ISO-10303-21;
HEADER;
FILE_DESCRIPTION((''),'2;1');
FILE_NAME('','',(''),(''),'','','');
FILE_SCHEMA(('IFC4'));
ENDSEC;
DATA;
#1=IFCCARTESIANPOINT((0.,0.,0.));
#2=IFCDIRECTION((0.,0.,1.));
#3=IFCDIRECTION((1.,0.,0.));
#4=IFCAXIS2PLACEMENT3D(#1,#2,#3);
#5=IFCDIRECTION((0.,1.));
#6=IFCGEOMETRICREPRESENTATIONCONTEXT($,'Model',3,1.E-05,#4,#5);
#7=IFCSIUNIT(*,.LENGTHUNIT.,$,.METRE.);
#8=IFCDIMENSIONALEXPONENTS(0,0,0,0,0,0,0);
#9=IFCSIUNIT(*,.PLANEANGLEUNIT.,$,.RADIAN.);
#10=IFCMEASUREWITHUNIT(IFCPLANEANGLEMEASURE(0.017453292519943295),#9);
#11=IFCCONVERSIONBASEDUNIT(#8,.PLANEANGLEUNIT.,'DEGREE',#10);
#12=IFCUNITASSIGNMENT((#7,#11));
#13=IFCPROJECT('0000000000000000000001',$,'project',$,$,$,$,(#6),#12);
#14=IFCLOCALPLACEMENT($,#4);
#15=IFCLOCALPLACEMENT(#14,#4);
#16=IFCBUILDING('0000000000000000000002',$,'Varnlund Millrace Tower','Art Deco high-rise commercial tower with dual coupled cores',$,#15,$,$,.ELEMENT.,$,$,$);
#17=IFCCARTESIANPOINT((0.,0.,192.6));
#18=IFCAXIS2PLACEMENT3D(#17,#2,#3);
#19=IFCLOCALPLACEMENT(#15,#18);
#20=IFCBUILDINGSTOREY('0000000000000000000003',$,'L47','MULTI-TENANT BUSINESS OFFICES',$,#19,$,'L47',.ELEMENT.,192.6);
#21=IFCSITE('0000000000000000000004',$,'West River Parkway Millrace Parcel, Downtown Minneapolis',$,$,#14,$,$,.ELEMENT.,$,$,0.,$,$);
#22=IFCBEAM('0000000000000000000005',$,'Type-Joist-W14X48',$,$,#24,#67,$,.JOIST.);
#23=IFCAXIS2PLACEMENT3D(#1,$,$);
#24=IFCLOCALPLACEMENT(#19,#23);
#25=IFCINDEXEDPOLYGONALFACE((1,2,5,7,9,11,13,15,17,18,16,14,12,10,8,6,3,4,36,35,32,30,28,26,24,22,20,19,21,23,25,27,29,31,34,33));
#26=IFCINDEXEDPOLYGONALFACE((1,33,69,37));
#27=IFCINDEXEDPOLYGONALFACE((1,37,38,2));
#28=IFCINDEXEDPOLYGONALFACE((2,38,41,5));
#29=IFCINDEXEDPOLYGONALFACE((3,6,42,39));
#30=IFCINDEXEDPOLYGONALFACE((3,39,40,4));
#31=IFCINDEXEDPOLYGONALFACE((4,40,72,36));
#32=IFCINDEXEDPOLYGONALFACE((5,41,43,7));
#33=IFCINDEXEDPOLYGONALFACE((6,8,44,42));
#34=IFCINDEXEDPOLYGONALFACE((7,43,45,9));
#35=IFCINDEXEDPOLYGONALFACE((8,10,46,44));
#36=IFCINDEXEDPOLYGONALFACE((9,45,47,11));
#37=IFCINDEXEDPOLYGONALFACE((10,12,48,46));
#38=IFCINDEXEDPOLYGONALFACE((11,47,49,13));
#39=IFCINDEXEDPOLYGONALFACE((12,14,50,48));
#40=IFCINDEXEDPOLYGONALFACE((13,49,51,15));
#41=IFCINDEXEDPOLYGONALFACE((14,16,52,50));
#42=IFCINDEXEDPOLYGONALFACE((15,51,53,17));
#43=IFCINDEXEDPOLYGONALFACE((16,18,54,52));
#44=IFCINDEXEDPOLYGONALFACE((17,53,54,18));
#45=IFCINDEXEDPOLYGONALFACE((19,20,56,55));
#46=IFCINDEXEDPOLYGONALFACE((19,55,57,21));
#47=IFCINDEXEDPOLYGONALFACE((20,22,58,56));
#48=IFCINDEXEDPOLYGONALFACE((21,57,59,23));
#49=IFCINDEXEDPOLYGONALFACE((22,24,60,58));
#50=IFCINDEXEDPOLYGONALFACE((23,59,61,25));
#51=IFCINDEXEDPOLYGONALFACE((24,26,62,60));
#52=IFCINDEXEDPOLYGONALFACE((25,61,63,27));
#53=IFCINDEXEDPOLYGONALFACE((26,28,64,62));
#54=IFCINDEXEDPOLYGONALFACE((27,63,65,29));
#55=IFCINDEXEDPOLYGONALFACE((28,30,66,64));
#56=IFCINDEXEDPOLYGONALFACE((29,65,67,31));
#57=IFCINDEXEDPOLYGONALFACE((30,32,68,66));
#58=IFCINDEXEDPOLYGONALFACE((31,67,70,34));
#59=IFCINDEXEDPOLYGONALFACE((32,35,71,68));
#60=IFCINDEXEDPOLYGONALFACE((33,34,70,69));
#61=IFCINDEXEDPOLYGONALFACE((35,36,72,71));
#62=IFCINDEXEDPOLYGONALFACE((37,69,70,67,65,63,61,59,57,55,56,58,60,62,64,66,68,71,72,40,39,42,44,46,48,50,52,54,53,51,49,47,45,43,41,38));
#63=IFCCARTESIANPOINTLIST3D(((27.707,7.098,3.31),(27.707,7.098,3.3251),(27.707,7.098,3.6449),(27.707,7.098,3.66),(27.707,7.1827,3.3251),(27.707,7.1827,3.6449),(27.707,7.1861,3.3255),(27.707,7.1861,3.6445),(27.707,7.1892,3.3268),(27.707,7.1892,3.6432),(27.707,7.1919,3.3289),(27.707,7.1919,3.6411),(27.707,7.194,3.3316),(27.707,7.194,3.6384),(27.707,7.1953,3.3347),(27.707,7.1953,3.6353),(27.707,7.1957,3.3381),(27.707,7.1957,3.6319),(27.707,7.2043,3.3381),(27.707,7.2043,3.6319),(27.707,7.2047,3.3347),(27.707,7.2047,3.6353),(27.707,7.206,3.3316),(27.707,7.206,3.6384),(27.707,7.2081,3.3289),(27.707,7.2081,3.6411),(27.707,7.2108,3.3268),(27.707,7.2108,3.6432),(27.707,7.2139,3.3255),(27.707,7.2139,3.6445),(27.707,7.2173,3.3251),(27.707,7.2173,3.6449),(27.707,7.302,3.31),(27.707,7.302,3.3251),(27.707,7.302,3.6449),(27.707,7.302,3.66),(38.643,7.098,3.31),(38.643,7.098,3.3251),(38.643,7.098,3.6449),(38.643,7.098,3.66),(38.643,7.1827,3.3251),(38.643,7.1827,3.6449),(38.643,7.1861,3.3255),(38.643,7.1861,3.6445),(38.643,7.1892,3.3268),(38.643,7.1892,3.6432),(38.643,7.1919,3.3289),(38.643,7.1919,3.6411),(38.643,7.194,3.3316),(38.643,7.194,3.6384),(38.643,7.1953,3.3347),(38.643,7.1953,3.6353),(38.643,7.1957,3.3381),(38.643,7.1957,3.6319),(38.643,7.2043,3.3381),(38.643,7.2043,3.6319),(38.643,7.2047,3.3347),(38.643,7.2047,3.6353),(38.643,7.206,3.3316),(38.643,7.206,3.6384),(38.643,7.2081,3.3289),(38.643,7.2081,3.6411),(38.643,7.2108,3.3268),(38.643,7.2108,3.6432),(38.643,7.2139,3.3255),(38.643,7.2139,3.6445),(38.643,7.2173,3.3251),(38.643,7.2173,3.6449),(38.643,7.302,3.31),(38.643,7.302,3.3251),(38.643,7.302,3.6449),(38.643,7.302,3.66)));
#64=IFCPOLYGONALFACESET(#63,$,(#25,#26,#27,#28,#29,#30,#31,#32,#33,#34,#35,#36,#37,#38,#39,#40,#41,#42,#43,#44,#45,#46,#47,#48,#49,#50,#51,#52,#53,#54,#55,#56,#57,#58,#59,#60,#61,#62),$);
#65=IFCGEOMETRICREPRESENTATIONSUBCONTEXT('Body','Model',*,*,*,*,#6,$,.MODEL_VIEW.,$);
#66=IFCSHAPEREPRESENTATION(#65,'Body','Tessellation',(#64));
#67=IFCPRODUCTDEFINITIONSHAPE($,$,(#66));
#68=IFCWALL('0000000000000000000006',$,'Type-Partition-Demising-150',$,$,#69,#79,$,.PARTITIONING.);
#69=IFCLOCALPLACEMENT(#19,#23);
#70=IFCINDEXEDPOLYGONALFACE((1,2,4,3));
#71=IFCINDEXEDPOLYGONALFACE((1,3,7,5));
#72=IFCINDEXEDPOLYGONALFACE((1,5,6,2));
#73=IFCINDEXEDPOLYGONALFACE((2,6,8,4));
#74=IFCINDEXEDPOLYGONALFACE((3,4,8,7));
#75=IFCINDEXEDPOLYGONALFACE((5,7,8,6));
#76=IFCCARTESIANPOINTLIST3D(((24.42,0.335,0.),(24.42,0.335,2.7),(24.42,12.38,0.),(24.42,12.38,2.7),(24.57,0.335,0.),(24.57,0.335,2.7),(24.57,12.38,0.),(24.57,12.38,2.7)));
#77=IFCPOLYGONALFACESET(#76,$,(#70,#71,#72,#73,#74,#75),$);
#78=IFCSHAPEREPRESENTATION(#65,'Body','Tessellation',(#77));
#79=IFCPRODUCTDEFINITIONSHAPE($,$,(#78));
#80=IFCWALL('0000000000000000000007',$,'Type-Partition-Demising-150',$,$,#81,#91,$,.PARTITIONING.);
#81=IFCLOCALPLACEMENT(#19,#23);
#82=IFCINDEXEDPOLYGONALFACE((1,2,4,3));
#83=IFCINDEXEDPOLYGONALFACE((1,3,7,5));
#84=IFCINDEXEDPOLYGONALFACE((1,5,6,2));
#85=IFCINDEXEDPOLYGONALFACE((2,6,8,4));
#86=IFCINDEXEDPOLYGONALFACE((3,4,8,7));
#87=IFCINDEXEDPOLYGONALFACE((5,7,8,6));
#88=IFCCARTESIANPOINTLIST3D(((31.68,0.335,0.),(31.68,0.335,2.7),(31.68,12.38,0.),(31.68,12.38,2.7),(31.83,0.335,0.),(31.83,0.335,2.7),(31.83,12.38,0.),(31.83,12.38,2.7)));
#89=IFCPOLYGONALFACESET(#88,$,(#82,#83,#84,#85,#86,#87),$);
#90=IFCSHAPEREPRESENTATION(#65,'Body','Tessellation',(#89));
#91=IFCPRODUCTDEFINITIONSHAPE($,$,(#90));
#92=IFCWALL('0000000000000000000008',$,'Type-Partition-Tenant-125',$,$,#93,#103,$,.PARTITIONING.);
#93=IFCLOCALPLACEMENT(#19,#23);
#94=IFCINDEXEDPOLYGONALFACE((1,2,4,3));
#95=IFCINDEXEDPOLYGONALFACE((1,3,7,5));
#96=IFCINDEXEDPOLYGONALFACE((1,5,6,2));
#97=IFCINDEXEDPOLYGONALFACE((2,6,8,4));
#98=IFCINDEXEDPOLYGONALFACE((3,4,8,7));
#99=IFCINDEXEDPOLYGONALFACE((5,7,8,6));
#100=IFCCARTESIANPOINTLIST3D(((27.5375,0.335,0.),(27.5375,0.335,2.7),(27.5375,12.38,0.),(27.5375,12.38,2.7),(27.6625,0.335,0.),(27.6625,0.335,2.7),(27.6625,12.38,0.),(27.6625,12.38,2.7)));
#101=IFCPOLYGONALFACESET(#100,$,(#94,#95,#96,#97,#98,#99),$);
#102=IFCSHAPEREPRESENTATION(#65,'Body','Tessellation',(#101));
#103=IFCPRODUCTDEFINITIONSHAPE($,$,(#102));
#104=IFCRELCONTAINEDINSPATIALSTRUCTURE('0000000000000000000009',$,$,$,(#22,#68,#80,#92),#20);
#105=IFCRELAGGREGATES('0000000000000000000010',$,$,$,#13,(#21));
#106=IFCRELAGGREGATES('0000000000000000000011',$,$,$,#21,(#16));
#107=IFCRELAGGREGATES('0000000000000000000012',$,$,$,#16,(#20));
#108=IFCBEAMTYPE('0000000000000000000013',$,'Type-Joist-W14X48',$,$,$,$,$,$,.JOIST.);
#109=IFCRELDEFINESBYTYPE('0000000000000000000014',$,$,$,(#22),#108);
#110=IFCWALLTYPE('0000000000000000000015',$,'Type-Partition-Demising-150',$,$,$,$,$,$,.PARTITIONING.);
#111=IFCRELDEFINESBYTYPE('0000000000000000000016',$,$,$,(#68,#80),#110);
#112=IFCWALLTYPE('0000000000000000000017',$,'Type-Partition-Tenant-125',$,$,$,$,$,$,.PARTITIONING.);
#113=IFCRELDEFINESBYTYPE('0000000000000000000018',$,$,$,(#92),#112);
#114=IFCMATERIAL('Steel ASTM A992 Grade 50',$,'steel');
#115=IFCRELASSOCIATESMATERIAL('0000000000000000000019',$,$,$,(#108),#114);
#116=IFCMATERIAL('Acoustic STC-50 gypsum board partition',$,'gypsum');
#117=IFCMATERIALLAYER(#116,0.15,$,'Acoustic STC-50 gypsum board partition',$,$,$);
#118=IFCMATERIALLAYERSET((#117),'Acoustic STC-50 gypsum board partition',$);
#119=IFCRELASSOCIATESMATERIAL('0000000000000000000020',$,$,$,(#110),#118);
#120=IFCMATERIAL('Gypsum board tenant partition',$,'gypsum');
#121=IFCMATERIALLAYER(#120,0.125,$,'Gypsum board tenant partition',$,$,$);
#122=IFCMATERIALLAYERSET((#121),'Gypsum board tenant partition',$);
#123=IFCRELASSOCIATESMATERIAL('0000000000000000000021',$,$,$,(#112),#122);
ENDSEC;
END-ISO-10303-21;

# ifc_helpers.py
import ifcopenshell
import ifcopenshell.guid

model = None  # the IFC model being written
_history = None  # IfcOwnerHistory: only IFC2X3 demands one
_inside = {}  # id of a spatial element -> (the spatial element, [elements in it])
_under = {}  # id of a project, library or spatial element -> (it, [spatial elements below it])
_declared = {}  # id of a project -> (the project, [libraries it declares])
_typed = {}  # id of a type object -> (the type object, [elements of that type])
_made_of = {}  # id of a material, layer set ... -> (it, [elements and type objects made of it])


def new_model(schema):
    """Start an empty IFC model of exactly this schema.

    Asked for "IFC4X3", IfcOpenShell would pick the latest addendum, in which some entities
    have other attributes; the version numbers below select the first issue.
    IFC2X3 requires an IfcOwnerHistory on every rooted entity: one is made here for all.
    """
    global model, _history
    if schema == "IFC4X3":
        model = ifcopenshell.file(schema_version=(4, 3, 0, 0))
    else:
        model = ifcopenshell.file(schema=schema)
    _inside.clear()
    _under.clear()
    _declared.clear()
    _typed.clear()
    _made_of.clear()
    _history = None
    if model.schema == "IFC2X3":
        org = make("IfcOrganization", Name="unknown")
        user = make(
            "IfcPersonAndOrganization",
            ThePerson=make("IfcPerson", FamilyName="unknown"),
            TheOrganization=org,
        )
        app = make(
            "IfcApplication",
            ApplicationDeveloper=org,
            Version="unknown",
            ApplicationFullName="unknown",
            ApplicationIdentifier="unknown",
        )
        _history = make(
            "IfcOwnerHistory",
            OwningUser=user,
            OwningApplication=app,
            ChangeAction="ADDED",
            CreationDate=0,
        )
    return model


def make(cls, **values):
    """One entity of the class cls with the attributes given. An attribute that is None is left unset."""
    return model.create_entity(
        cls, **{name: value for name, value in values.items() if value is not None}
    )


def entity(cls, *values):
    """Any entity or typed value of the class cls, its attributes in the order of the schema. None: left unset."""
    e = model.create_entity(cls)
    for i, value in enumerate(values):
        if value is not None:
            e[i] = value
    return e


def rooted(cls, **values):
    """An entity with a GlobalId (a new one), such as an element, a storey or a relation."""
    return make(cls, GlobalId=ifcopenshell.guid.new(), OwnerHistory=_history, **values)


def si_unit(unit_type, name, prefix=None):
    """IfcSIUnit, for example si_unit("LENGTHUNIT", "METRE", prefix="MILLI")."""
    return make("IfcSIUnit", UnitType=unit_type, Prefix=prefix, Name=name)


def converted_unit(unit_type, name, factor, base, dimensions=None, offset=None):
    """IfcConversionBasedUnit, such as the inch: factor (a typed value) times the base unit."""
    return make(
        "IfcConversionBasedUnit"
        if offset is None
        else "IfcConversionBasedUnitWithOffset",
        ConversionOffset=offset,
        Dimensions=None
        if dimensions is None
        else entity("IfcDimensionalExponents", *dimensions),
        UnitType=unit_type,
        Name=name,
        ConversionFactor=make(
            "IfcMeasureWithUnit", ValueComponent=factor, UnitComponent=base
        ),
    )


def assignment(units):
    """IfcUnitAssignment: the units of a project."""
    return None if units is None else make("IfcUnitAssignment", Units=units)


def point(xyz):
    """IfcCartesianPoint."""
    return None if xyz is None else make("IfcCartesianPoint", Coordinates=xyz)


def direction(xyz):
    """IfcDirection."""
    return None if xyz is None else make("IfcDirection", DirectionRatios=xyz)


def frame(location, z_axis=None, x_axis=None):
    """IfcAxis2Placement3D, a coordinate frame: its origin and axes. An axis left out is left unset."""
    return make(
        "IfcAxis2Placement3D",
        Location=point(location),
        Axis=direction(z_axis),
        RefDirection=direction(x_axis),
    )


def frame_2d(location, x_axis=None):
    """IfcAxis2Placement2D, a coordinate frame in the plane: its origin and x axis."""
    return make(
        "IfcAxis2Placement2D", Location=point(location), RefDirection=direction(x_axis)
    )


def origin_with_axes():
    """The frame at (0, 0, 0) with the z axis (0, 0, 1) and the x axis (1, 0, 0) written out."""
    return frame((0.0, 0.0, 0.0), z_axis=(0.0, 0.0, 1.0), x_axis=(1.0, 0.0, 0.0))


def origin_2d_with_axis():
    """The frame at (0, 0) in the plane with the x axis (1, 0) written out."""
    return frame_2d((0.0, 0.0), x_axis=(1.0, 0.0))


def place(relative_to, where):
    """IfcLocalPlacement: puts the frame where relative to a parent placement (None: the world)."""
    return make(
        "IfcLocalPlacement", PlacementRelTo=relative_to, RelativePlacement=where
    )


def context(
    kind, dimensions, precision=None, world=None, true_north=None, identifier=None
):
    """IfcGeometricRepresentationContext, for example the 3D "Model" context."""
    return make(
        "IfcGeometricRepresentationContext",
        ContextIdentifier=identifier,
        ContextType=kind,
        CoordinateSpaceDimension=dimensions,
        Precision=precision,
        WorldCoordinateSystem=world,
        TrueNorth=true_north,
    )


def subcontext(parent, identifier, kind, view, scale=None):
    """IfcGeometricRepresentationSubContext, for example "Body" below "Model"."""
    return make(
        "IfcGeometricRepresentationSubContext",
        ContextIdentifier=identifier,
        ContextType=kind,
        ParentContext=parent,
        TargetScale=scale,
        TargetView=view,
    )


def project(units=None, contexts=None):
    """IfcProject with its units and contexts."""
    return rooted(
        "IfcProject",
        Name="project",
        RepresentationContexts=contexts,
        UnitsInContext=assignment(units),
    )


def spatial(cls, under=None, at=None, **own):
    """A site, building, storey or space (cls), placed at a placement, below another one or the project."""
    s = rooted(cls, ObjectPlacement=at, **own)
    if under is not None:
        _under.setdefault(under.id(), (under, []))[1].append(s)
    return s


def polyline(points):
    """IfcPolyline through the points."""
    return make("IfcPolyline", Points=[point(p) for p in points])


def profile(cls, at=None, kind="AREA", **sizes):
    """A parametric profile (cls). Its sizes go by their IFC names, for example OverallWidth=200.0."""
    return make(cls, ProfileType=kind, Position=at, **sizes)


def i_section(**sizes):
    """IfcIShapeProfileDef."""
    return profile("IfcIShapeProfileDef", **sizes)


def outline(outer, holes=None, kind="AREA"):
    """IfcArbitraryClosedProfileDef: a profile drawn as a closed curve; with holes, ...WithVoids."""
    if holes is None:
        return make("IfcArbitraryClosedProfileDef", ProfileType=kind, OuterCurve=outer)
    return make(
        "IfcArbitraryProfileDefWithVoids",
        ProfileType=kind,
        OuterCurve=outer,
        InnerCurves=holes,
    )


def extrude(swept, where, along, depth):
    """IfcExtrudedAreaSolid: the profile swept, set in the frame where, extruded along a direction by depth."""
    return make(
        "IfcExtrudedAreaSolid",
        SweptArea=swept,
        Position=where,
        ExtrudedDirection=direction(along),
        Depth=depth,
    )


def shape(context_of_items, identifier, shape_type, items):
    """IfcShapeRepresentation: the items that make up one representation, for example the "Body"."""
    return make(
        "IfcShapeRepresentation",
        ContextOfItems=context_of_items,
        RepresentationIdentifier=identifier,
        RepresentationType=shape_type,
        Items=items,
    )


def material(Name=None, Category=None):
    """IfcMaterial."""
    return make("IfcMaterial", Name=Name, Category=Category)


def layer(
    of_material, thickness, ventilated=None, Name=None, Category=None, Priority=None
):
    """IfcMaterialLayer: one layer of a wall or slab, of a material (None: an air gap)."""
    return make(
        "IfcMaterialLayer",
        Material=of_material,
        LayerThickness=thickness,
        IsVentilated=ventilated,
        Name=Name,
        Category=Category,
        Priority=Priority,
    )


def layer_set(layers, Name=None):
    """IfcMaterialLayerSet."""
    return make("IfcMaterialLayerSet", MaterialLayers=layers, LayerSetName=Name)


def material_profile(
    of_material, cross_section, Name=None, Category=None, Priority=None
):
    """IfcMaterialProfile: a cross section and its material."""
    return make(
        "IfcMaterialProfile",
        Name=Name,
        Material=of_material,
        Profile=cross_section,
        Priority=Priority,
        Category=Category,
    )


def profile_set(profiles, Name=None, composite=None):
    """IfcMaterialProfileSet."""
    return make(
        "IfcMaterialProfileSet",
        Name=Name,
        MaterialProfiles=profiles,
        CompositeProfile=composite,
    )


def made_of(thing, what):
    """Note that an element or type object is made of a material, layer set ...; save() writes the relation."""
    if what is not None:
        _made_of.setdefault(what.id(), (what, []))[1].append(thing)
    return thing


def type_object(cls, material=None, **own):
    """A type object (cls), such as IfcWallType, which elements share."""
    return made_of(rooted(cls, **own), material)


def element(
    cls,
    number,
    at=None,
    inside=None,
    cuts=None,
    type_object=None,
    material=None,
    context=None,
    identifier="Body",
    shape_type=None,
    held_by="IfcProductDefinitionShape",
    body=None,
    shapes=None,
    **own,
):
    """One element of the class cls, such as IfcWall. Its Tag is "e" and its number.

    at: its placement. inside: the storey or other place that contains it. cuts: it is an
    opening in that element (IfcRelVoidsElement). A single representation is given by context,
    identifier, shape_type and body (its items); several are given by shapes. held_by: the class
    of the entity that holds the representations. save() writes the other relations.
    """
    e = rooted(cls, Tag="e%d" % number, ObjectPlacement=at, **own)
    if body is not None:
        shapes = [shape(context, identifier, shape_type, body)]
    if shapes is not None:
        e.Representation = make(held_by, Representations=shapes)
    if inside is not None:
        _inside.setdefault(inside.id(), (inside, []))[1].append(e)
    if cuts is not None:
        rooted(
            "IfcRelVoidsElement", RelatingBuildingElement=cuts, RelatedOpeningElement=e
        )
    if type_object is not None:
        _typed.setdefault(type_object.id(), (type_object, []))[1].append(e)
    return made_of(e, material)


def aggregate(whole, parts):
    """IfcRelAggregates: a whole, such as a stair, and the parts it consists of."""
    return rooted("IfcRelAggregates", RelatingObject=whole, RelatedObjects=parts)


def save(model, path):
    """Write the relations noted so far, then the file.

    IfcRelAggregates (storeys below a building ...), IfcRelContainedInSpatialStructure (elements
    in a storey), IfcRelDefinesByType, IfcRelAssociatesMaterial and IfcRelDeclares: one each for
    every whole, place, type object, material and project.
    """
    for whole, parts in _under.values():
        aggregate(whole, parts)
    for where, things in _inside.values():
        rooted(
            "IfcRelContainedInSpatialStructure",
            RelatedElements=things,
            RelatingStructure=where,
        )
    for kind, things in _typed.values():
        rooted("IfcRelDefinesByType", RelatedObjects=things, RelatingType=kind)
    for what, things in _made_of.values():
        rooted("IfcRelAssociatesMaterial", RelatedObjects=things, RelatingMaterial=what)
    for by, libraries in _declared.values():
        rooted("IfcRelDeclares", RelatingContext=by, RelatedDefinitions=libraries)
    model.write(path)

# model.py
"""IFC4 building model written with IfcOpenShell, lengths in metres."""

from ifc_helpers import new_model, entity, si_unit, converted_unit, direction, frame, origin_with_axes, origin_2d_with_axis, place, context, subcontext, project, spatial, polyline, i_section, outline, extrude, material, layer, layer_set, material_profile, profile_set, type_object, element, save


model = new_model("IFC4")

# Units and contexts
model_context = context("Model", 3, precision=1e-05, world=origin_with_axes(), true_north=direction((0.0, 1.0)))
body_context = subcontext(model_context, "Body", "Model", "MODEL_VIEW")
ifc_project = project(units=[si_unit("LENGTHUNIT", "METRE"), converted_unit("PLANEANGLEUNIT", "DEGREE", entity("IfcPlaneAngleMeasure", 0.017453292519943295), si_unit("PLANEANGLEUNIT", "RADIAN"), dimensions=[0, 0, 0, 0, 0, 0, 0])], contexts=[model_context])

# Site, building, storey
site_placement = place(None, origin_with_axes())
site = spatial("IfcSite", under=ifc_project, at=site_placement, Name="West River Parkway Millrace Parcel, Downtown Minneapolis", CompositionType="ELEMENT", RefElevation=0.0)
building_placement = place(site_placement, origin_with_axes())
building = spatial("IfcBuilding", under=site, at=building_placement, Name="Varnlund Millrace Tower", Description="Art Deco high-rise commercial tower with dual coupled cores", CompositionType="ELEMENT")
storey_placement = place(building_placement, frame((0.0, 0.0, 192.6), z_axis=(0.0, 0.0, 1.0), x_axis=(1.0, 0.0, 0.0)))
storey = spatial("IfcBuildingStorey", under=building, at=storey_placement, Name="L47", Description="MULTI-TENANT BUSINESS OFFICES", LongName="L47", CompositionType="ELEMENT", Elevation=192.6)

# Beam
ifc_material_1 = material(Name="Steel ASTM A992 Grade 50", Category="steel")
ifc_material_profile_1 = material_profile(ifc_material_1, i_section(OverallWidth=0.204, OverallDepth=0.35, WebThickness=0.0086, FlangeThickness=0.0151, FilletRadius=0.013, at=origin_2d_with_axis()), Name="Steel ASTM A992 Grade 50")
ifc_profile_set_1 = profile_set([ifc_material_profile_1], Name="Steel ASTM A992 Grade 50")
beam_type_1 = type_object("IfcBeamType", Name="Type-Joist-W14X48", PredefinedType="JOIST", material=ifc_profile_set_1)
beam_1_placement = place(storey_placement, frame((27.707, 7.2, 3.485), z_axis=(1.0, 0.0, 0.0), x_axis=(0.0, 1.0, 0.0)))
element("IfcBeam", 1, at=beam_1_placement, inside=storey, type_object=beam_type_1, Name="Type-Joist-W14X48", PredefinedType="JOIST", context=body_context, shape_type="SweptSolid", body=[
    extrude(i_section(OverallWidth=0.204, OverallDepth=0.35, WebThickness=0.0086, FlangeThickness=0.0151, FilletRadius=0.013, at=origin_2d_with_axis()), origin_with_axes(), (0.0, 0.0, 1.0), 10.936),
])

# Walls
ifc_material_2 = material(Name="Acoustic STC-50 gypsum board partition", Category="gypsum")
ifc_layer_1 = layer(ifc_material_2, 0.15, Name="Acoustic STC-50 gypsum board partition")
ifc_layer_set_1 = layer_set([ifc_layer_1], Name="Acoustic STC-50 gypsum board partition")
wall_type_1 = type_object("IfcWallType", Name="Type-Partition-Demising-150", PredefinedType="PARTITIONING", material=ifc_layer_set_1)
for number, where, z_axis, x_axis, name in (
    (2, (24.495, 0.335, 0.0), (0.0, 0.0, 1.0), (0.0, 1.0, 0.0), "Type-Partition-Demising-150"),
    (3, (31.755, 0.335, 0.0), (0.0, 0.0, 1.0), (0.0, 1.0, 0.0), "Type-Partition-Demising-150"),
):
    element("IfcWall", number, at=place(storey_placement, frame(where, z_axis=z_axis, x_axis=x_axis)), inside=storey, type_object=wall_type_1, Name=name, PredefinedType="PARTITIONING", context=body_context, shape_type="SweptSolid", body=[
        extrude(outline(polyline([(0.0, -0.075), (12.045, -0.075), (12.045, 0.075), (0.0, 0.075), (0.0, -0.075)])), origin_with_axes(), (0.0, 0.0, 1.0), 2.7),
    ])
ifc_material_3 = material(Name="Gypsum board tenant partition", Category="gypsum")
ifc_layer_2 = layer(ifc_material_3, 0.125, Name="Gypsum board tenant partition")
ifc_layer_set_2 = layer_set([ifc_layer_2], Name="Gypsum board tenant partition")
wall_type_2 = type_object("IfcWallType", Name="Type-Partition-Tenant-125", PredefinedType="PARTITIONING", material=ifc_layer_set_2)
wall_placement = place(storey_placement, frame((27.6, 0.335, 0.0), z_axis=(0.0, 0.0, 1.0), x_axis=(0.0, 1.0, 0.0)))
element("IfcWall", 4, at=wall_placement, inside=storey, type_object=wall_type_2, Name="Type-Partition-Tenant-125", PredefinedType="PARTITIONING", context=body_context, shape_type="SweptSolid", body=[
    extrude(outline(polyline([(0.0, -0.0625), (12.045, -0.0625), (12.045, 0.0625), (0.0, 0.0625), (0.0, -0.0625)])), origin_with_axes(), (0.0, 0.0, 1.0), 2.7),
])

save(model, "model.ifc")
